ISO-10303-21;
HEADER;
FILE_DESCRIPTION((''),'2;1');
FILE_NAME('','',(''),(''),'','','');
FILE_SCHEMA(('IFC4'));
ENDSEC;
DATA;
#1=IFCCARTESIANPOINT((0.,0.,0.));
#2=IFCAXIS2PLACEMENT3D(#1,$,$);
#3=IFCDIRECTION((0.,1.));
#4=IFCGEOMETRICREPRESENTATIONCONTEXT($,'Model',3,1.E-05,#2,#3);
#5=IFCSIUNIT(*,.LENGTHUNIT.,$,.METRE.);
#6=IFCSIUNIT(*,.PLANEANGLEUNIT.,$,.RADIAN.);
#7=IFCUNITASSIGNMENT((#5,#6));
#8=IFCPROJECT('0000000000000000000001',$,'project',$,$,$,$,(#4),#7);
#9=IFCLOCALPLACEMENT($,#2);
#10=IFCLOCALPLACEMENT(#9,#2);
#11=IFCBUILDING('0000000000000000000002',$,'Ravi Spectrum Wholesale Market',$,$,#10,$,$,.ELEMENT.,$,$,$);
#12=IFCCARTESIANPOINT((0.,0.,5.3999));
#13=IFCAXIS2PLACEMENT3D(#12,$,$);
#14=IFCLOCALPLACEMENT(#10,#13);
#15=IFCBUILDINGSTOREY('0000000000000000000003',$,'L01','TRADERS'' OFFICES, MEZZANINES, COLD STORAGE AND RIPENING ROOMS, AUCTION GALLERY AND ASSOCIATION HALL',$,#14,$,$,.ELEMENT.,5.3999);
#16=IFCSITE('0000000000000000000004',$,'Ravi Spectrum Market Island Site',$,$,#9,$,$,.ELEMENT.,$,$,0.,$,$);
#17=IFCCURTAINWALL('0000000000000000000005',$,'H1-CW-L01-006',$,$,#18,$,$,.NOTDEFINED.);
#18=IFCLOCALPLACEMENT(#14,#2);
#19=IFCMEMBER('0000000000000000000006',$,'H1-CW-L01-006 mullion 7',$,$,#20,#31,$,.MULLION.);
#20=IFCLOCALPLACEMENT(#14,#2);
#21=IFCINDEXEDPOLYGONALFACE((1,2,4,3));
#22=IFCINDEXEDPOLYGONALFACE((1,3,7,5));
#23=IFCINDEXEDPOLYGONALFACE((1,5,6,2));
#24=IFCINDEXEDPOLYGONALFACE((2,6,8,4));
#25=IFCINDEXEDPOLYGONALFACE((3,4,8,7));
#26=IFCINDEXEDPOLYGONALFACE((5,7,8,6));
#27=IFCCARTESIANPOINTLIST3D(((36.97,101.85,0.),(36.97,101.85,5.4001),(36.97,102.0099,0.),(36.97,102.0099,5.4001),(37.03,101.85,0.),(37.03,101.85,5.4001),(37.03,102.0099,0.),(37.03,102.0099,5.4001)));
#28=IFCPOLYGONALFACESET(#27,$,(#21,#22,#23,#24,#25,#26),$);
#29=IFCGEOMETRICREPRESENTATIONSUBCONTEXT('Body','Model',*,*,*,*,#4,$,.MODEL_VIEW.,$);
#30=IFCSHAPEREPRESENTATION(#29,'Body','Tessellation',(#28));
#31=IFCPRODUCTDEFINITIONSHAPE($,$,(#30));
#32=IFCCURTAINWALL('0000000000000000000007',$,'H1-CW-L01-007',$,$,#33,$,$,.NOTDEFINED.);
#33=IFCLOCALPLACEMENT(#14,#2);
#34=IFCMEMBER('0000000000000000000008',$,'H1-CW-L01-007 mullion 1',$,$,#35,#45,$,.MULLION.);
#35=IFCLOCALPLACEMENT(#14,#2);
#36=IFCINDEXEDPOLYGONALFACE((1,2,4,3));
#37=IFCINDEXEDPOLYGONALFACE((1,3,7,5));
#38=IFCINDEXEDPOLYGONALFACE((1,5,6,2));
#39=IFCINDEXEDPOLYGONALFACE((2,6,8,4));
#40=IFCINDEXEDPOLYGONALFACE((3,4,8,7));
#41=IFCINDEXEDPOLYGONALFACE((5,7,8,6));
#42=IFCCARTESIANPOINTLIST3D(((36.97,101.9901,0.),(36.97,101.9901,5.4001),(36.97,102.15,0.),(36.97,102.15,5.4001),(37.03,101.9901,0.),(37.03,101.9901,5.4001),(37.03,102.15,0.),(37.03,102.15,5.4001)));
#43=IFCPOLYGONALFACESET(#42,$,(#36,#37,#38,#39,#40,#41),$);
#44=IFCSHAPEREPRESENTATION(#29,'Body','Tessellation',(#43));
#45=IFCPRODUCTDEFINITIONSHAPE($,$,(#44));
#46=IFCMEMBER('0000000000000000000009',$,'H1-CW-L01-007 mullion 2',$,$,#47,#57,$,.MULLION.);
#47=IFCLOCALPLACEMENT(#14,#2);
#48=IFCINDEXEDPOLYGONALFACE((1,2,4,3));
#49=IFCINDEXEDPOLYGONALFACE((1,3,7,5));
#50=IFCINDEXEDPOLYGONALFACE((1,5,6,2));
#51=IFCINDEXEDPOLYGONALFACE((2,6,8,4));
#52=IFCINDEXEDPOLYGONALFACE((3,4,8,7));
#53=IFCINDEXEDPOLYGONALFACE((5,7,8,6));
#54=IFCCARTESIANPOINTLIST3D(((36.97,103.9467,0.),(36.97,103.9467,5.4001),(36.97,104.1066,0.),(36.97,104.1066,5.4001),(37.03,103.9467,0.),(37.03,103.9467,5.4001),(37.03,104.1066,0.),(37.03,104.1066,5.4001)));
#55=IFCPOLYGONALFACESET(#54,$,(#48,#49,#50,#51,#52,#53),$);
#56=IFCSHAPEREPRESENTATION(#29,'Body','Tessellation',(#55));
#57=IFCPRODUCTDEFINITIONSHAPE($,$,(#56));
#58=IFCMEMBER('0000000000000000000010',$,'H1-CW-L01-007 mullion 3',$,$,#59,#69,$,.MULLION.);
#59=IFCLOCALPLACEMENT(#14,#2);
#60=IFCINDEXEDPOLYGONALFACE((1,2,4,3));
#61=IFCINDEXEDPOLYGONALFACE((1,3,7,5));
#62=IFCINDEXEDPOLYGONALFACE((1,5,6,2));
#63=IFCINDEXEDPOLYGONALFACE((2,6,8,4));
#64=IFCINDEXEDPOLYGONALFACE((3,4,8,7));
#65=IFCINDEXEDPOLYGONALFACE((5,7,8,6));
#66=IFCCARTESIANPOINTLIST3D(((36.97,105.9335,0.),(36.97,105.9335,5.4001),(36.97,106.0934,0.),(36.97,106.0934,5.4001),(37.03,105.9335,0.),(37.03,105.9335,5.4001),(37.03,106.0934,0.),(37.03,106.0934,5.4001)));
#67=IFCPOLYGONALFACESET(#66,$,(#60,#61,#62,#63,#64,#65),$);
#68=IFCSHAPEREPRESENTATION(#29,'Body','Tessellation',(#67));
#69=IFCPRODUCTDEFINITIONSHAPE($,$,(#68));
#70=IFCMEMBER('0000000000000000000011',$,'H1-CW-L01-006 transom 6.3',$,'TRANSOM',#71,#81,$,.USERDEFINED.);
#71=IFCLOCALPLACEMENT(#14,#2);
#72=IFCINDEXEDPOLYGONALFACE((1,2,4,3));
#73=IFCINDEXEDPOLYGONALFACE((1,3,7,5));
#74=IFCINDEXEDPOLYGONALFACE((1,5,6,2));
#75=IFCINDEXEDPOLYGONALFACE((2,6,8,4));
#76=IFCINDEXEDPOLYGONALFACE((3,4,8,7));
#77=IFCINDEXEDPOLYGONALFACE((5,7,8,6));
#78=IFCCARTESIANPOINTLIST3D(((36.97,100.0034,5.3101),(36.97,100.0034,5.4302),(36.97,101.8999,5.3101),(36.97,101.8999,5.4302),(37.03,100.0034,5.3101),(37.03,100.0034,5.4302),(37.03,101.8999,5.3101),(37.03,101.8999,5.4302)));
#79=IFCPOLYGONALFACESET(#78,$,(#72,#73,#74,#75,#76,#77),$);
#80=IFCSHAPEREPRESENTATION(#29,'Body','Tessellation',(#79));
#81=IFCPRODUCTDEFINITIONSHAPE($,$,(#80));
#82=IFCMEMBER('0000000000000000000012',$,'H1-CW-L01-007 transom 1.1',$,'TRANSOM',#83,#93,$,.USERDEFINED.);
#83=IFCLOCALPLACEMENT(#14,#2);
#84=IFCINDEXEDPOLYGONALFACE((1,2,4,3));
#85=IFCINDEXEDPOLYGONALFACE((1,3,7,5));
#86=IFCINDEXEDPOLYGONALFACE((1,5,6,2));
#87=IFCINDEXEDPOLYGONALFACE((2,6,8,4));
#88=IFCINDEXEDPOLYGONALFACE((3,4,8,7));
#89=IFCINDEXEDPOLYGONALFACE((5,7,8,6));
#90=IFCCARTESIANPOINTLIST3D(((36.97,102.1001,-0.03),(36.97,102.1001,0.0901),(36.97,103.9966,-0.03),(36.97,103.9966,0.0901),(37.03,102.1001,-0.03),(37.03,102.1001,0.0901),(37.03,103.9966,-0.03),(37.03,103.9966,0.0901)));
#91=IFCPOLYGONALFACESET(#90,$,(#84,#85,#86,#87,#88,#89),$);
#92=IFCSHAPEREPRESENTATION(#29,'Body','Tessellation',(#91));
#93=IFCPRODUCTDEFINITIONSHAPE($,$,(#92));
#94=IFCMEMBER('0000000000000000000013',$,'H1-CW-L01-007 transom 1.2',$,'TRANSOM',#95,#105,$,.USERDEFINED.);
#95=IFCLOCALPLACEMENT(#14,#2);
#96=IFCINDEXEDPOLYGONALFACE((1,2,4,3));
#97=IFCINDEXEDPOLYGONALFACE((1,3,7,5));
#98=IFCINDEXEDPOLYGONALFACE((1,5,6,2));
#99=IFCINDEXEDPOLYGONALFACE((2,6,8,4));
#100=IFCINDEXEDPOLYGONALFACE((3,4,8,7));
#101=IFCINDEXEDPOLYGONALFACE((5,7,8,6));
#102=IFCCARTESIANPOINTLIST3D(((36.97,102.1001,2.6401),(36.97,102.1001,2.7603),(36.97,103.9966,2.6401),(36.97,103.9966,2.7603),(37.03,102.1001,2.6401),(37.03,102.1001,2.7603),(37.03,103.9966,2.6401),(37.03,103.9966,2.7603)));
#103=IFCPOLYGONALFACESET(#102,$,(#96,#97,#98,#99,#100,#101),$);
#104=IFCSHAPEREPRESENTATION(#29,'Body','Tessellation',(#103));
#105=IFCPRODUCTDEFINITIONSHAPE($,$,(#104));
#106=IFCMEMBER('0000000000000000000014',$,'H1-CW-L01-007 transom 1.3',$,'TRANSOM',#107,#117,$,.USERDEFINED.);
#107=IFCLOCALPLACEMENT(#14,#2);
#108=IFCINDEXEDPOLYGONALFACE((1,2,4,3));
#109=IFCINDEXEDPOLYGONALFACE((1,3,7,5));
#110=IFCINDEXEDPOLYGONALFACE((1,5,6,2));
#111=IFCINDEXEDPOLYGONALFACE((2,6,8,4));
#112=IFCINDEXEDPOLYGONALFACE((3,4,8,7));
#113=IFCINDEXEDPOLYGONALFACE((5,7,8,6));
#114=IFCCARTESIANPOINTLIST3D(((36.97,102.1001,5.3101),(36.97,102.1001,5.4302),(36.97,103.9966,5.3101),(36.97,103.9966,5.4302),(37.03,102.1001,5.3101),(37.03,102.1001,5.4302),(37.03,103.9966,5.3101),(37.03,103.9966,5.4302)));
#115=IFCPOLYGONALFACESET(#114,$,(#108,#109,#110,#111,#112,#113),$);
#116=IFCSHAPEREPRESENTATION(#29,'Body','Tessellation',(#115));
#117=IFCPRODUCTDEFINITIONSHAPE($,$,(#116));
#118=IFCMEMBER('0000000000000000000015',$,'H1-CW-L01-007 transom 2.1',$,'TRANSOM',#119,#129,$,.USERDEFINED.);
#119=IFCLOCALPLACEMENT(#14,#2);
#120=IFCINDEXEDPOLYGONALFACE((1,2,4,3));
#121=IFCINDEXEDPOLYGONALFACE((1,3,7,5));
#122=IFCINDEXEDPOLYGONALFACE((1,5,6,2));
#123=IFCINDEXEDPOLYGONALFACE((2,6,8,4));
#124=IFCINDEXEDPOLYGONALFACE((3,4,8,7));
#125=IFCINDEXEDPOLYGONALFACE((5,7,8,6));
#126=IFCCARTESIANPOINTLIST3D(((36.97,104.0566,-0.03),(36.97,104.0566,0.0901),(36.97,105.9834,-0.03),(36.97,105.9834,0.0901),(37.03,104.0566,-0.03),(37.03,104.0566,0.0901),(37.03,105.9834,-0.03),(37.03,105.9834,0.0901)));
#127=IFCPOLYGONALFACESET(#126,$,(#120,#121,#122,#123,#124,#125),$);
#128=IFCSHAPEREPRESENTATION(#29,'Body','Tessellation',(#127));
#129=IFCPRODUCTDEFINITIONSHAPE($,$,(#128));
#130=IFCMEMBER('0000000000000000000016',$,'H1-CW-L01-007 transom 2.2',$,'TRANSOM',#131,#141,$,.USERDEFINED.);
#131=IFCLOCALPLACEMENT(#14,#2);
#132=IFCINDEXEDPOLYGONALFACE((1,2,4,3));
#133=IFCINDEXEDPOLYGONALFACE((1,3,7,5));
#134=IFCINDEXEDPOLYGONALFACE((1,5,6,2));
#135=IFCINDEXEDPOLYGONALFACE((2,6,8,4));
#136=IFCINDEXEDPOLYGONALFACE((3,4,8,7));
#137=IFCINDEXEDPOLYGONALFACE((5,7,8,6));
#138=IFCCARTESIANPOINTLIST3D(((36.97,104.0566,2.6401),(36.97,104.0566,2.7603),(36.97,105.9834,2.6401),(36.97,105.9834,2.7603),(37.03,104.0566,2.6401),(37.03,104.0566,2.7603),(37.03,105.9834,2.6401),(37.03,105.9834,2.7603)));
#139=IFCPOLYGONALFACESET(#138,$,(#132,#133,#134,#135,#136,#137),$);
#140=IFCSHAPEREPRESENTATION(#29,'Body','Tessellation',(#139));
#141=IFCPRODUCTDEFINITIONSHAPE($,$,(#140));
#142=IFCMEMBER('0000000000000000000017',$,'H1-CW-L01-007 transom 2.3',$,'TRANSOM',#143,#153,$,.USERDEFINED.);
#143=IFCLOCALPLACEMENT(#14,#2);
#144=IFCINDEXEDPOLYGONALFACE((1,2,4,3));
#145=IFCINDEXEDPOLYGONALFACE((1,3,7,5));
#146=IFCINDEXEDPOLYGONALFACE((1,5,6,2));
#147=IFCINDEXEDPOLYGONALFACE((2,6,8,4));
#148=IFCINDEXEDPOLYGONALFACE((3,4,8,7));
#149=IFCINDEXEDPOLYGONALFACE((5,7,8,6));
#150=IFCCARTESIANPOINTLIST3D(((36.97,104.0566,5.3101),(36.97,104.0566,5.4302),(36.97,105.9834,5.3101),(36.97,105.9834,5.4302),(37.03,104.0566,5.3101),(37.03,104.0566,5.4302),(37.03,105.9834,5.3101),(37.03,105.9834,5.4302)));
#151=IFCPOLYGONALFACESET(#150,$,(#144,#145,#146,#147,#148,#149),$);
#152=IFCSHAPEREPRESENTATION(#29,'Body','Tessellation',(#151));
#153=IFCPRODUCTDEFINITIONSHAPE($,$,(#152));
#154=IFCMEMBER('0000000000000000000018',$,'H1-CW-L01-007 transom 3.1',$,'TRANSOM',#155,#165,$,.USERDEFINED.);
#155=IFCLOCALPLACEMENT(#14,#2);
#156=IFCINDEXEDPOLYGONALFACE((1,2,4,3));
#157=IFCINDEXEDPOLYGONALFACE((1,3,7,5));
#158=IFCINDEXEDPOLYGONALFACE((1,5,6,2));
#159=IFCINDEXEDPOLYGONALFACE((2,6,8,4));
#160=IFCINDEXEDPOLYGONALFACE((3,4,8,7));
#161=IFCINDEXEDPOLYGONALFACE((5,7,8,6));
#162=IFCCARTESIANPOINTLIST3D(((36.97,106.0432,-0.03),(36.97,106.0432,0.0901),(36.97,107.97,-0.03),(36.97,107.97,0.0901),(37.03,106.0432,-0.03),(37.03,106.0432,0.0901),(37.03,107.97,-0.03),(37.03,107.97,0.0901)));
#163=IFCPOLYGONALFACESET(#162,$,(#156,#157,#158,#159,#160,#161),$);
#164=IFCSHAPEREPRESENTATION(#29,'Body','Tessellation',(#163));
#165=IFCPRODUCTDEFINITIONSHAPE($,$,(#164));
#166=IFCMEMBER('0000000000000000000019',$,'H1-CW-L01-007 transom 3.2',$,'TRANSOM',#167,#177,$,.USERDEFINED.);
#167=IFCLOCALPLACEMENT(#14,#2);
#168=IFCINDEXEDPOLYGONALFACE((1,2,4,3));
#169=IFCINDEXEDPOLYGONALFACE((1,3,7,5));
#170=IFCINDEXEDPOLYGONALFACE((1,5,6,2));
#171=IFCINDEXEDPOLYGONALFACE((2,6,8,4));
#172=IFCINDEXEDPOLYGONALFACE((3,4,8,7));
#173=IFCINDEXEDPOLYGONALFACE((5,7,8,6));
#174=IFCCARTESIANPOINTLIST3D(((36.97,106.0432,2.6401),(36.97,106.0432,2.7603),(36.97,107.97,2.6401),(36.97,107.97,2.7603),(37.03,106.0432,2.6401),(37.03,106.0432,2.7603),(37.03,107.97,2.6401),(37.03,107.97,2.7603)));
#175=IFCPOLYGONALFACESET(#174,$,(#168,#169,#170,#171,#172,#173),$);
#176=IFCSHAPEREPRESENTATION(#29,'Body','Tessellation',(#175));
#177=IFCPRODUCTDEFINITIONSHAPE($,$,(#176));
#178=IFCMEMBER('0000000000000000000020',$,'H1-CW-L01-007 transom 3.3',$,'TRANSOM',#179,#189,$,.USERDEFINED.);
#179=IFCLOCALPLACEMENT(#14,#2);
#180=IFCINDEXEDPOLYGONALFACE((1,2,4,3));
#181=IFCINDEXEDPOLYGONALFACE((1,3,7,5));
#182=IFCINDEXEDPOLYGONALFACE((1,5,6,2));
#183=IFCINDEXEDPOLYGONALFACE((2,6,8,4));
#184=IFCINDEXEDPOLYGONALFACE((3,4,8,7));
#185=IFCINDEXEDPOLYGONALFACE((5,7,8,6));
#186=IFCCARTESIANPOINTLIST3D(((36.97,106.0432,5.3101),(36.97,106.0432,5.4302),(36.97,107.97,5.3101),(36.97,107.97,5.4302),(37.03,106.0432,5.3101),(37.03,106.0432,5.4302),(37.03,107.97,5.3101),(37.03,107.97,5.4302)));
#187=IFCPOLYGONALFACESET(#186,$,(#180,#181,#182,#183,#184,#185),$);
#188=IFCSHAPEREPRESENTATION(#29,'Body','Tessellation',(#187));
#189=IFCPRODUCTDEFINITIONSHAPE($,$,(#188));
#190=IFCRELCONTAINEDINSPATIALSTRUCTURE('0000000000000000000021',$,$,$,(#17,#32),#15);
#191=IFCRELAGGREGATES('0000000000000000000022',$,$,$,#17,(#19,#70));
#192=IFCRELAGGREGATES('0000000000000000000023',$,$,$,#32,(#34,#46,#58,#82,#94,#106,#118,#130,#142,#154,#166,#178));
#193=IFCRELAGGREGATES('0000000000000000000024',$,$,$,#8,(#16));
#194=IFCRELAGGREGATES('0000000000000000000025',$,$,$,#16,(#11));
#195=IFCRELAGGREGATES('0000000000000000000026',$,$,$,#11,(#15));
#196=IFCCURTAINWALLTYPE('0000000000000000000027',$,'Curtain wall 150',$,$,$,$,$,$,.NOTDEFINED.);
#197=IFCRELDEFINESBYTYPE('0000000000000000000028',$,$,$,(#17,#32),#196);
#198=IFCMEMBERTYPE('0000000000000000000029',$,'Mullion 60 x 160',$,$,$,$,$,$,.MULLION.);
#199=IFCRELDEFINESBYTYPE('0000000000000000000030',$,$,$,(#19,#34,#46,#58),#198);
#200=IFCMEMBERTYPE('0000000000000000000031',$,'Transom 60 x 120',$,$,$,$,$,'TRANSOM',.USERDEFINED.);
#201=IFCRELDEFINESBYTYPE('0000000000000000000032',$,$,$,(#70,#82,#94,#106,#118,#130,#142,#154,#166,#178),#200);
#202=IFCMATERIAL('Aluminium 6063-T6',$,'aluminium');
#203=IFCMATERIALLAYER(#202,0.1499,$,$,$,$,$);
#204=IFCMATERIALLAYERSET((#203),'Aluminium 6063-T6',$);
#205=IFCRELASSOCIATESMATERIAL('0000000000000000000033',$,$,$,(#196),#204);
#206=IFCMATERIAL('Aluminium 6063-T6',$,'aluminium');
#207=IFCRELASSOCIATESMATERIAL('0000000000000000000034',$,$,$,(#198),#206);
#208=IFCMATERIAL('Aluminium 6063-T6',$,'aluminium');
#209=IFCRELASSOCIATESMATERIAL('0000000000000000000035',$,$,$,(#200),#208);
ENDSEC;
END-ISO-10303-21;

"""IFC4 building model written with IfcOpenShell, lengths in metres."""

from ifc_helpers import new_model, si_unit, direction, frame, origin, origin_2d, place, context, subcontext, project, spatial, rectangle, extrude, material, layer, layer_set, material_profile, profile_set, type_object, element, aggregate, save


model = new_model("IFC4")

# Units and contexts
model_context = context("Model", 3, precision=1e-05, world=origin(), true_north=direction((0.0, 1.0)))
body_context = subcontext(model_context, "Body", "Model", "MODEL_VIEW")
ifc_project = project(units=[si_unit("LENGTHUNIT", "METRE"), si_unit("PLANEANGLEUNIT", "RADIAN")], contexts=[model_context])

# Site, building, storey
site_placement = place(None, origin())
site = spatial("IfcSite", under=ifc_project, at=site_placement, Name="Ravi Spectrum Market Island Site", CompositionType="ELEMENT", RefElevation=0.0)
building_placement = place(site_placement, origin())
building = spatial("IfcBuilding", under=site, at=building_placement, Name="Ravi Spectrum Wholesale Market", CompositionType="ELEMENT")
storey_placement = place(building_placement, frame((0.0, 0.0, 5.3999)))
storey = spatial("IfcBuildingStorey", under=building, at=storey_placement, Name="L01", Description="TRADERS' OFFICES, MEZZANINES, COLD STORAGE AND RIPENING ROOMS, AUCTION GALLERY AND ASSOCIATION HALL", CompositionType="ELEMENT", Elevation=5.3999)

# Curtain wall, member
ifc_material_1 = material(Name="Aluminium 6063-T6", Category="aluminium")
ifc_layer_1 = layer(ifc_material_1, 0.1499)
ifc_layer_set_1 = layer_set([ifc_layer_1], Name="Aluminium 6063-T6")
curtain_wall_type = type_object("IfcCurtainWallType", Name="Curtain wall 150", PredefinedType="NOTDEFINED", material=ifc_layer_set_1)
curtain_wall_1_placement = place(storey_placement, origin())
curtain_wall_1 = element("IfcCurtainWall", 1, at=curtain_wall_1_placement, inside=storey, type_object=curtain_wall_type, Name="H1-CW-L01-006", PredefinedType="NOTDEFINED")
ifc_material_2 = material(Name="Aluminium 6063-T6", Category="aluminium")
ifc_material_profile_1 = material_profile(ifc_material_2, rectangle(XDim=0.0601, YDim=0.1599, at=origin_2d()))
ifc_profile_set_1 = profile_set([ifc_material_profile_1], Name="Aluminium 6063-T6")
member_type_1 = type_object("IfcMemberType", Name="Mullion 60 x 160", PredefinedType="MULLION", material=ifc_profile_set_1)
member_1_placement = place(storey_placement, frame((37.0, 101.9299, 0.0), z_axis=(0.0, 0.0, 1.0), x_axis=(-1.0, 0.0, 0.0)))
member_1 = element("IfcMember", 2, at=member_1_placement, type_object=member_type_1, Name="H1-CW-L01-006 mullion 7", PredefinedType="MULLION", context=body_context, shape_type="SweptSolid", body=[
    extrude(rectangle(XDim=0.0601, YDim=0.1599, at=origin_2d()), origin(), (0.0, 0.0, 1.0), 5.4001),
])

# Curtain wall, members
curtain_wall_2_placement = place(storey_placement, origin())
curtain_wall_2 = element("IfcCurtainWall", 3, at=curtain_wall_2_placement, inside=storey, type_object=curtain_wall_type, Name="H1-CW-L01-007", PredefinedType="NOTDEFINED")
member_2_placement = place(storey_placement, frame((37.0, 102.0701, 0.0), z_axis=(0.0, 0.0, 1.0), x_axis=(-1.0, 0.0, 0.0)))
member_2 = element("IfcMember", 4, at=member_2_placement, type_object=member_type_1, Name="H1-CW-L01-007 mullion 1", PredefinedType="MULLION", context=body_context, shape_type="SweptSolid", body=[
    extrude(rectangle(XDim=0.0601, YDim=0.1599, at=origin_2d()), origin(), (0.0, 0.0, 1.0), 5.4001),
])
member_3_placement = place(storey_placement, frame((37.0, 104.0266, 0.0), z_axis=(0.0, 0.0, 1.0), x_axis=(-1.0, 0.0, 0.0)))
member_3 = element("IfcMember", 5, at=member_3_placement, type_object=member_type_1, Name="H1-CW-L01-007 mullion 2", PredefinedType="MULLION", context=body_context, shape_type="SweptSolid", body=[
    extrude(rectangle(XDim=0.0601, YDim=0.1599, at=origin_2d()), origin(), (0.0, 0.0, 1.0), 5.4001),
])
member_4_placement = place(storey_placement, frame((37.0, 106.0134, 0.0), z_axis=(0.0, 0.0, 1.0), x_axis=(-1.0, 0.0, 0.0)))
member_4 = element("IfcMember", 6, at=member_4_placement, type_object=member_type_1, Name="H1-CW-L01-007 mullion 3", PredefinedType="MULLION", context=body_context, shape_type="SweptSolid", body=[
    extrude(rectangle(XDim=0.0601, YDim=0.1599, at=origin_2d()), origin(), (0.0, 0.0, 1.0), 5.4001),
])

# Members
ifc_material_3 = material(Name="Aluminium 6063-T6", Category="aluminium")
ifc_material_profile_2 = material_profile(ifc_material_3, rectangle(XDim=0.0601, YDim=0.1201, at=origin_2d()))
ifc_profile_set_2 = profile_set([ifc_material_profile_2], Name="Aluminium 6063-T6")
member_type_2 = type_object("IfcMemberType", Name="Transom 60 x 120", ElementType="TRANSOM", PredefinedType="USERDEFINED", material=ifc_profile_set_2)
member_5_placement = place(storey_placement, frame((37.0, 100.0034, 5.3701), z_axis=(0.0, 1.0, 0.0), x_axis=(-1.0, 0.0, 0.0)))
member_5 = element("IfcMember", 7, at=member_5_placement, type_object=member_type_2, Name="H1-CW-L01-006 transom 6.3", ObjectType="TRANSOM", PredefinedType="USERDEFINED", context=body_context, shape_type="SweptSolid", body=[
    extrude(rectangle(XDim=0.0601, YDim=0.1201, at=origin_2d()), origin(), (0.0, 0.0, 1.0), 1.8965),
])
member_6_placement = place(storey_placement, frame((37.0, 102.1001, 0.03), z_axis=(0.0, 1.0, 0.0), x_axis=(-1.0, 0.0, 0.0)))
member_6 = element("IfcMember", 8, at=member_6_placement, type_object=member_type_2, Name="H1-CW-L01-007 transom 1.1", ObjectType="TRANSOM", PredefinedType="USERDEFINED", context=body_context, shape_type="SweptSolid", body=[
    extrude(rectangle(XDim=0.0601, YDim=0.1201, at=origin_2d()), origin(), (0.0, 0.0, 1.0), 1.8965),
])
member_7_placement = place(storey_placement, frame((37.0, 102.1001, 2.7002), z_axis=(0.0, 1.0, 0.0), x_axis=(-1.0, 0.0, 0.0)))
member_7 = element("IfcMember", 9, at=member_7_placement, type_object=member_type_2, Name="H1-CW-L01-007 transom 1.2", ObjectType="TRANSOM", PredefinedType="USERDEFINED", context=body_context, shape_type="SweptSolid", body=[
    extrude(rectangle(XDim=0.0601, YDim=0.1201, at=origin_2d()), origin(), (0.0, 0.0, 1.0), 1.8965),
])
member_8_placement = place(storey_placement, frame((37.0, 102.1001, 5.3701), z_axis=(0.0, 1.0, 0.0), x_axis=(-1.0, 0.0, 0.0)))
member_8 = element("IfcMember", 10, at=member_8_placement, type_object=member_type_2, Name="H1-CW-L01-007 transom 1.3", ObjectType="TRANSOM", PredefinedType="USERDEFINED", context=body_context, shape_type="SweptSolid", body=[
    extrude(rectangle(XDim=0.0601, YDim=0.1201, at=origin_2d()), origin(), (0.0, 0.0, 1.0), 1.8965),
])
member_9_placement = place(storey_placement, frame((37.0, 104.0566, 0.03), z_axis=(0.0, 1.0, 0.0), x_axis=(-1.0, 0.0, 0.0)))
member_9 = element("IfcMember", 11, at=member_9_placement, type_object=member_type_2, Name="H1-CW-L01-007 transom 2.1", ObjectType="TRANSOM", PredefinedType="USERDEFINED", context=body_context, shape_type="SweptSolid", body=[
    extrude(rectangle(XDim=0.0601, YDim=0.1201, at=origin_2d()), origin(), (0.0, 0.0, 1.0), 1.9268),
])
member_10_placement = place(storey_placement, frame((37.0, 104.0566, 2.7002), z_axis=(0.0, 1.0, 0.0), x_axis=(-1.0, 0.0, 0.0)))
member_10 = element("IfcMember", 12, at=member_10_placement, type_object=member_type_2, Name="H1-CW-L01-007 transom 2.2", ObjectType="TRANSOM", PredefinedType="USERDEFINED", context=body_context, shape_type="SweptSolid", body=[
    extrude(rectangle(XDim=0.0601, YDim=0.1201, at=origin_2d()), origin(), (0.0, 0.0, 1.0), 1.9268),
])
member_11_placement = place(storey_placement, frame((37.0, 104.0566, 5.3701), z_axis=(0.0, 1.0, 0.0), x_axis=(-1.0, 0.0, 0.0)))
member_11 = element("IfcMember", 13, at=member_11_placement, type_object=member_type_2, Name="H1-CW-L01-007 transom 2.3", ObjectType="TRANSOM", PredefinedType="USERDEFINED", context=body_context, shape_type="SweptSolid", body=[
    extrude(rectangle(XDim=0.0601, YDim=0.1201, at=origin_2d()), origin(), (0.0, 0.0, 1.0), 1.9268),
])
member_12_placement = place(storey_placement, frame((37.0, 106.0432, 0.03), z_axis=(0.0, 1.0, 0.0), x_axis=(-1.0, 0.0, 0.0)))
member_12 = element("IfcMember", 14, at=member_12_placement, type_object=member_type_2, Name="H1-CW-L01-007 transom 3.1", ObjectType="TRANSOM", PredefinedType="USERDEFINED", context=body_context, shape_type="SweptSolid", body=[
    extrude(rectangle(XDim=0.0601, YDim=0.1201, at=origin_2d()), origin(), (0.0, 0.0, 1.0), 1.9268),
])
member_13_placement = place(storey_placement, frame((37.0, 106.0432, 2.7002), z_axis=(0.0, 1.0, 0.0), x_axis=(-1.0, 0.0, 0.0)))
member_13 = element("IfcMember", 15, at=member_13_placement, type_object=member_type_2, Name="H1-CW-L01-007 transom 3.2", ObjectType="TRANSOM", PredefinedType="USERDEFINED", context=body_context, shape_type="SweptSolid", body=[
    extrude(rectangle(XDim=0.0601, YDim=0.1201, at=origin_2d()), origin(), (0.0, 0.0, 1.0), 1.9268),
])
member_14_placement = place(storey_placement, frame((37.0, 106.0432, 5.3701), z_axis=(0.0, 1.0, 0.0), x_axis=(-1.0, 0.0, 0.0)))
member_14 = element("IfcMember", 16, at=member_14_placement, type_object=member_type_2, Name="H1-CW-L01-007 transom 3.3", ObjectType="TRANSOM", PredefinedType="USERDEFINED", context=body_context, shape_type="SweptSolid", body=[
    extrude(rectangle(XDim=0.0601, YDim=0.1201, at=origin_2d()), origin(), (0.0, 0.0, 1.0), 1.9268),
])

aggregate(curtain_wall_1, [member_1, member_5])
aggregate(curtain_wall_2, [member_2, member_3, member_4, member_6, member_7, member_8, member_9, member_10, member_11, member_12, member_13, member_14])

save(model, "model.ifc")
